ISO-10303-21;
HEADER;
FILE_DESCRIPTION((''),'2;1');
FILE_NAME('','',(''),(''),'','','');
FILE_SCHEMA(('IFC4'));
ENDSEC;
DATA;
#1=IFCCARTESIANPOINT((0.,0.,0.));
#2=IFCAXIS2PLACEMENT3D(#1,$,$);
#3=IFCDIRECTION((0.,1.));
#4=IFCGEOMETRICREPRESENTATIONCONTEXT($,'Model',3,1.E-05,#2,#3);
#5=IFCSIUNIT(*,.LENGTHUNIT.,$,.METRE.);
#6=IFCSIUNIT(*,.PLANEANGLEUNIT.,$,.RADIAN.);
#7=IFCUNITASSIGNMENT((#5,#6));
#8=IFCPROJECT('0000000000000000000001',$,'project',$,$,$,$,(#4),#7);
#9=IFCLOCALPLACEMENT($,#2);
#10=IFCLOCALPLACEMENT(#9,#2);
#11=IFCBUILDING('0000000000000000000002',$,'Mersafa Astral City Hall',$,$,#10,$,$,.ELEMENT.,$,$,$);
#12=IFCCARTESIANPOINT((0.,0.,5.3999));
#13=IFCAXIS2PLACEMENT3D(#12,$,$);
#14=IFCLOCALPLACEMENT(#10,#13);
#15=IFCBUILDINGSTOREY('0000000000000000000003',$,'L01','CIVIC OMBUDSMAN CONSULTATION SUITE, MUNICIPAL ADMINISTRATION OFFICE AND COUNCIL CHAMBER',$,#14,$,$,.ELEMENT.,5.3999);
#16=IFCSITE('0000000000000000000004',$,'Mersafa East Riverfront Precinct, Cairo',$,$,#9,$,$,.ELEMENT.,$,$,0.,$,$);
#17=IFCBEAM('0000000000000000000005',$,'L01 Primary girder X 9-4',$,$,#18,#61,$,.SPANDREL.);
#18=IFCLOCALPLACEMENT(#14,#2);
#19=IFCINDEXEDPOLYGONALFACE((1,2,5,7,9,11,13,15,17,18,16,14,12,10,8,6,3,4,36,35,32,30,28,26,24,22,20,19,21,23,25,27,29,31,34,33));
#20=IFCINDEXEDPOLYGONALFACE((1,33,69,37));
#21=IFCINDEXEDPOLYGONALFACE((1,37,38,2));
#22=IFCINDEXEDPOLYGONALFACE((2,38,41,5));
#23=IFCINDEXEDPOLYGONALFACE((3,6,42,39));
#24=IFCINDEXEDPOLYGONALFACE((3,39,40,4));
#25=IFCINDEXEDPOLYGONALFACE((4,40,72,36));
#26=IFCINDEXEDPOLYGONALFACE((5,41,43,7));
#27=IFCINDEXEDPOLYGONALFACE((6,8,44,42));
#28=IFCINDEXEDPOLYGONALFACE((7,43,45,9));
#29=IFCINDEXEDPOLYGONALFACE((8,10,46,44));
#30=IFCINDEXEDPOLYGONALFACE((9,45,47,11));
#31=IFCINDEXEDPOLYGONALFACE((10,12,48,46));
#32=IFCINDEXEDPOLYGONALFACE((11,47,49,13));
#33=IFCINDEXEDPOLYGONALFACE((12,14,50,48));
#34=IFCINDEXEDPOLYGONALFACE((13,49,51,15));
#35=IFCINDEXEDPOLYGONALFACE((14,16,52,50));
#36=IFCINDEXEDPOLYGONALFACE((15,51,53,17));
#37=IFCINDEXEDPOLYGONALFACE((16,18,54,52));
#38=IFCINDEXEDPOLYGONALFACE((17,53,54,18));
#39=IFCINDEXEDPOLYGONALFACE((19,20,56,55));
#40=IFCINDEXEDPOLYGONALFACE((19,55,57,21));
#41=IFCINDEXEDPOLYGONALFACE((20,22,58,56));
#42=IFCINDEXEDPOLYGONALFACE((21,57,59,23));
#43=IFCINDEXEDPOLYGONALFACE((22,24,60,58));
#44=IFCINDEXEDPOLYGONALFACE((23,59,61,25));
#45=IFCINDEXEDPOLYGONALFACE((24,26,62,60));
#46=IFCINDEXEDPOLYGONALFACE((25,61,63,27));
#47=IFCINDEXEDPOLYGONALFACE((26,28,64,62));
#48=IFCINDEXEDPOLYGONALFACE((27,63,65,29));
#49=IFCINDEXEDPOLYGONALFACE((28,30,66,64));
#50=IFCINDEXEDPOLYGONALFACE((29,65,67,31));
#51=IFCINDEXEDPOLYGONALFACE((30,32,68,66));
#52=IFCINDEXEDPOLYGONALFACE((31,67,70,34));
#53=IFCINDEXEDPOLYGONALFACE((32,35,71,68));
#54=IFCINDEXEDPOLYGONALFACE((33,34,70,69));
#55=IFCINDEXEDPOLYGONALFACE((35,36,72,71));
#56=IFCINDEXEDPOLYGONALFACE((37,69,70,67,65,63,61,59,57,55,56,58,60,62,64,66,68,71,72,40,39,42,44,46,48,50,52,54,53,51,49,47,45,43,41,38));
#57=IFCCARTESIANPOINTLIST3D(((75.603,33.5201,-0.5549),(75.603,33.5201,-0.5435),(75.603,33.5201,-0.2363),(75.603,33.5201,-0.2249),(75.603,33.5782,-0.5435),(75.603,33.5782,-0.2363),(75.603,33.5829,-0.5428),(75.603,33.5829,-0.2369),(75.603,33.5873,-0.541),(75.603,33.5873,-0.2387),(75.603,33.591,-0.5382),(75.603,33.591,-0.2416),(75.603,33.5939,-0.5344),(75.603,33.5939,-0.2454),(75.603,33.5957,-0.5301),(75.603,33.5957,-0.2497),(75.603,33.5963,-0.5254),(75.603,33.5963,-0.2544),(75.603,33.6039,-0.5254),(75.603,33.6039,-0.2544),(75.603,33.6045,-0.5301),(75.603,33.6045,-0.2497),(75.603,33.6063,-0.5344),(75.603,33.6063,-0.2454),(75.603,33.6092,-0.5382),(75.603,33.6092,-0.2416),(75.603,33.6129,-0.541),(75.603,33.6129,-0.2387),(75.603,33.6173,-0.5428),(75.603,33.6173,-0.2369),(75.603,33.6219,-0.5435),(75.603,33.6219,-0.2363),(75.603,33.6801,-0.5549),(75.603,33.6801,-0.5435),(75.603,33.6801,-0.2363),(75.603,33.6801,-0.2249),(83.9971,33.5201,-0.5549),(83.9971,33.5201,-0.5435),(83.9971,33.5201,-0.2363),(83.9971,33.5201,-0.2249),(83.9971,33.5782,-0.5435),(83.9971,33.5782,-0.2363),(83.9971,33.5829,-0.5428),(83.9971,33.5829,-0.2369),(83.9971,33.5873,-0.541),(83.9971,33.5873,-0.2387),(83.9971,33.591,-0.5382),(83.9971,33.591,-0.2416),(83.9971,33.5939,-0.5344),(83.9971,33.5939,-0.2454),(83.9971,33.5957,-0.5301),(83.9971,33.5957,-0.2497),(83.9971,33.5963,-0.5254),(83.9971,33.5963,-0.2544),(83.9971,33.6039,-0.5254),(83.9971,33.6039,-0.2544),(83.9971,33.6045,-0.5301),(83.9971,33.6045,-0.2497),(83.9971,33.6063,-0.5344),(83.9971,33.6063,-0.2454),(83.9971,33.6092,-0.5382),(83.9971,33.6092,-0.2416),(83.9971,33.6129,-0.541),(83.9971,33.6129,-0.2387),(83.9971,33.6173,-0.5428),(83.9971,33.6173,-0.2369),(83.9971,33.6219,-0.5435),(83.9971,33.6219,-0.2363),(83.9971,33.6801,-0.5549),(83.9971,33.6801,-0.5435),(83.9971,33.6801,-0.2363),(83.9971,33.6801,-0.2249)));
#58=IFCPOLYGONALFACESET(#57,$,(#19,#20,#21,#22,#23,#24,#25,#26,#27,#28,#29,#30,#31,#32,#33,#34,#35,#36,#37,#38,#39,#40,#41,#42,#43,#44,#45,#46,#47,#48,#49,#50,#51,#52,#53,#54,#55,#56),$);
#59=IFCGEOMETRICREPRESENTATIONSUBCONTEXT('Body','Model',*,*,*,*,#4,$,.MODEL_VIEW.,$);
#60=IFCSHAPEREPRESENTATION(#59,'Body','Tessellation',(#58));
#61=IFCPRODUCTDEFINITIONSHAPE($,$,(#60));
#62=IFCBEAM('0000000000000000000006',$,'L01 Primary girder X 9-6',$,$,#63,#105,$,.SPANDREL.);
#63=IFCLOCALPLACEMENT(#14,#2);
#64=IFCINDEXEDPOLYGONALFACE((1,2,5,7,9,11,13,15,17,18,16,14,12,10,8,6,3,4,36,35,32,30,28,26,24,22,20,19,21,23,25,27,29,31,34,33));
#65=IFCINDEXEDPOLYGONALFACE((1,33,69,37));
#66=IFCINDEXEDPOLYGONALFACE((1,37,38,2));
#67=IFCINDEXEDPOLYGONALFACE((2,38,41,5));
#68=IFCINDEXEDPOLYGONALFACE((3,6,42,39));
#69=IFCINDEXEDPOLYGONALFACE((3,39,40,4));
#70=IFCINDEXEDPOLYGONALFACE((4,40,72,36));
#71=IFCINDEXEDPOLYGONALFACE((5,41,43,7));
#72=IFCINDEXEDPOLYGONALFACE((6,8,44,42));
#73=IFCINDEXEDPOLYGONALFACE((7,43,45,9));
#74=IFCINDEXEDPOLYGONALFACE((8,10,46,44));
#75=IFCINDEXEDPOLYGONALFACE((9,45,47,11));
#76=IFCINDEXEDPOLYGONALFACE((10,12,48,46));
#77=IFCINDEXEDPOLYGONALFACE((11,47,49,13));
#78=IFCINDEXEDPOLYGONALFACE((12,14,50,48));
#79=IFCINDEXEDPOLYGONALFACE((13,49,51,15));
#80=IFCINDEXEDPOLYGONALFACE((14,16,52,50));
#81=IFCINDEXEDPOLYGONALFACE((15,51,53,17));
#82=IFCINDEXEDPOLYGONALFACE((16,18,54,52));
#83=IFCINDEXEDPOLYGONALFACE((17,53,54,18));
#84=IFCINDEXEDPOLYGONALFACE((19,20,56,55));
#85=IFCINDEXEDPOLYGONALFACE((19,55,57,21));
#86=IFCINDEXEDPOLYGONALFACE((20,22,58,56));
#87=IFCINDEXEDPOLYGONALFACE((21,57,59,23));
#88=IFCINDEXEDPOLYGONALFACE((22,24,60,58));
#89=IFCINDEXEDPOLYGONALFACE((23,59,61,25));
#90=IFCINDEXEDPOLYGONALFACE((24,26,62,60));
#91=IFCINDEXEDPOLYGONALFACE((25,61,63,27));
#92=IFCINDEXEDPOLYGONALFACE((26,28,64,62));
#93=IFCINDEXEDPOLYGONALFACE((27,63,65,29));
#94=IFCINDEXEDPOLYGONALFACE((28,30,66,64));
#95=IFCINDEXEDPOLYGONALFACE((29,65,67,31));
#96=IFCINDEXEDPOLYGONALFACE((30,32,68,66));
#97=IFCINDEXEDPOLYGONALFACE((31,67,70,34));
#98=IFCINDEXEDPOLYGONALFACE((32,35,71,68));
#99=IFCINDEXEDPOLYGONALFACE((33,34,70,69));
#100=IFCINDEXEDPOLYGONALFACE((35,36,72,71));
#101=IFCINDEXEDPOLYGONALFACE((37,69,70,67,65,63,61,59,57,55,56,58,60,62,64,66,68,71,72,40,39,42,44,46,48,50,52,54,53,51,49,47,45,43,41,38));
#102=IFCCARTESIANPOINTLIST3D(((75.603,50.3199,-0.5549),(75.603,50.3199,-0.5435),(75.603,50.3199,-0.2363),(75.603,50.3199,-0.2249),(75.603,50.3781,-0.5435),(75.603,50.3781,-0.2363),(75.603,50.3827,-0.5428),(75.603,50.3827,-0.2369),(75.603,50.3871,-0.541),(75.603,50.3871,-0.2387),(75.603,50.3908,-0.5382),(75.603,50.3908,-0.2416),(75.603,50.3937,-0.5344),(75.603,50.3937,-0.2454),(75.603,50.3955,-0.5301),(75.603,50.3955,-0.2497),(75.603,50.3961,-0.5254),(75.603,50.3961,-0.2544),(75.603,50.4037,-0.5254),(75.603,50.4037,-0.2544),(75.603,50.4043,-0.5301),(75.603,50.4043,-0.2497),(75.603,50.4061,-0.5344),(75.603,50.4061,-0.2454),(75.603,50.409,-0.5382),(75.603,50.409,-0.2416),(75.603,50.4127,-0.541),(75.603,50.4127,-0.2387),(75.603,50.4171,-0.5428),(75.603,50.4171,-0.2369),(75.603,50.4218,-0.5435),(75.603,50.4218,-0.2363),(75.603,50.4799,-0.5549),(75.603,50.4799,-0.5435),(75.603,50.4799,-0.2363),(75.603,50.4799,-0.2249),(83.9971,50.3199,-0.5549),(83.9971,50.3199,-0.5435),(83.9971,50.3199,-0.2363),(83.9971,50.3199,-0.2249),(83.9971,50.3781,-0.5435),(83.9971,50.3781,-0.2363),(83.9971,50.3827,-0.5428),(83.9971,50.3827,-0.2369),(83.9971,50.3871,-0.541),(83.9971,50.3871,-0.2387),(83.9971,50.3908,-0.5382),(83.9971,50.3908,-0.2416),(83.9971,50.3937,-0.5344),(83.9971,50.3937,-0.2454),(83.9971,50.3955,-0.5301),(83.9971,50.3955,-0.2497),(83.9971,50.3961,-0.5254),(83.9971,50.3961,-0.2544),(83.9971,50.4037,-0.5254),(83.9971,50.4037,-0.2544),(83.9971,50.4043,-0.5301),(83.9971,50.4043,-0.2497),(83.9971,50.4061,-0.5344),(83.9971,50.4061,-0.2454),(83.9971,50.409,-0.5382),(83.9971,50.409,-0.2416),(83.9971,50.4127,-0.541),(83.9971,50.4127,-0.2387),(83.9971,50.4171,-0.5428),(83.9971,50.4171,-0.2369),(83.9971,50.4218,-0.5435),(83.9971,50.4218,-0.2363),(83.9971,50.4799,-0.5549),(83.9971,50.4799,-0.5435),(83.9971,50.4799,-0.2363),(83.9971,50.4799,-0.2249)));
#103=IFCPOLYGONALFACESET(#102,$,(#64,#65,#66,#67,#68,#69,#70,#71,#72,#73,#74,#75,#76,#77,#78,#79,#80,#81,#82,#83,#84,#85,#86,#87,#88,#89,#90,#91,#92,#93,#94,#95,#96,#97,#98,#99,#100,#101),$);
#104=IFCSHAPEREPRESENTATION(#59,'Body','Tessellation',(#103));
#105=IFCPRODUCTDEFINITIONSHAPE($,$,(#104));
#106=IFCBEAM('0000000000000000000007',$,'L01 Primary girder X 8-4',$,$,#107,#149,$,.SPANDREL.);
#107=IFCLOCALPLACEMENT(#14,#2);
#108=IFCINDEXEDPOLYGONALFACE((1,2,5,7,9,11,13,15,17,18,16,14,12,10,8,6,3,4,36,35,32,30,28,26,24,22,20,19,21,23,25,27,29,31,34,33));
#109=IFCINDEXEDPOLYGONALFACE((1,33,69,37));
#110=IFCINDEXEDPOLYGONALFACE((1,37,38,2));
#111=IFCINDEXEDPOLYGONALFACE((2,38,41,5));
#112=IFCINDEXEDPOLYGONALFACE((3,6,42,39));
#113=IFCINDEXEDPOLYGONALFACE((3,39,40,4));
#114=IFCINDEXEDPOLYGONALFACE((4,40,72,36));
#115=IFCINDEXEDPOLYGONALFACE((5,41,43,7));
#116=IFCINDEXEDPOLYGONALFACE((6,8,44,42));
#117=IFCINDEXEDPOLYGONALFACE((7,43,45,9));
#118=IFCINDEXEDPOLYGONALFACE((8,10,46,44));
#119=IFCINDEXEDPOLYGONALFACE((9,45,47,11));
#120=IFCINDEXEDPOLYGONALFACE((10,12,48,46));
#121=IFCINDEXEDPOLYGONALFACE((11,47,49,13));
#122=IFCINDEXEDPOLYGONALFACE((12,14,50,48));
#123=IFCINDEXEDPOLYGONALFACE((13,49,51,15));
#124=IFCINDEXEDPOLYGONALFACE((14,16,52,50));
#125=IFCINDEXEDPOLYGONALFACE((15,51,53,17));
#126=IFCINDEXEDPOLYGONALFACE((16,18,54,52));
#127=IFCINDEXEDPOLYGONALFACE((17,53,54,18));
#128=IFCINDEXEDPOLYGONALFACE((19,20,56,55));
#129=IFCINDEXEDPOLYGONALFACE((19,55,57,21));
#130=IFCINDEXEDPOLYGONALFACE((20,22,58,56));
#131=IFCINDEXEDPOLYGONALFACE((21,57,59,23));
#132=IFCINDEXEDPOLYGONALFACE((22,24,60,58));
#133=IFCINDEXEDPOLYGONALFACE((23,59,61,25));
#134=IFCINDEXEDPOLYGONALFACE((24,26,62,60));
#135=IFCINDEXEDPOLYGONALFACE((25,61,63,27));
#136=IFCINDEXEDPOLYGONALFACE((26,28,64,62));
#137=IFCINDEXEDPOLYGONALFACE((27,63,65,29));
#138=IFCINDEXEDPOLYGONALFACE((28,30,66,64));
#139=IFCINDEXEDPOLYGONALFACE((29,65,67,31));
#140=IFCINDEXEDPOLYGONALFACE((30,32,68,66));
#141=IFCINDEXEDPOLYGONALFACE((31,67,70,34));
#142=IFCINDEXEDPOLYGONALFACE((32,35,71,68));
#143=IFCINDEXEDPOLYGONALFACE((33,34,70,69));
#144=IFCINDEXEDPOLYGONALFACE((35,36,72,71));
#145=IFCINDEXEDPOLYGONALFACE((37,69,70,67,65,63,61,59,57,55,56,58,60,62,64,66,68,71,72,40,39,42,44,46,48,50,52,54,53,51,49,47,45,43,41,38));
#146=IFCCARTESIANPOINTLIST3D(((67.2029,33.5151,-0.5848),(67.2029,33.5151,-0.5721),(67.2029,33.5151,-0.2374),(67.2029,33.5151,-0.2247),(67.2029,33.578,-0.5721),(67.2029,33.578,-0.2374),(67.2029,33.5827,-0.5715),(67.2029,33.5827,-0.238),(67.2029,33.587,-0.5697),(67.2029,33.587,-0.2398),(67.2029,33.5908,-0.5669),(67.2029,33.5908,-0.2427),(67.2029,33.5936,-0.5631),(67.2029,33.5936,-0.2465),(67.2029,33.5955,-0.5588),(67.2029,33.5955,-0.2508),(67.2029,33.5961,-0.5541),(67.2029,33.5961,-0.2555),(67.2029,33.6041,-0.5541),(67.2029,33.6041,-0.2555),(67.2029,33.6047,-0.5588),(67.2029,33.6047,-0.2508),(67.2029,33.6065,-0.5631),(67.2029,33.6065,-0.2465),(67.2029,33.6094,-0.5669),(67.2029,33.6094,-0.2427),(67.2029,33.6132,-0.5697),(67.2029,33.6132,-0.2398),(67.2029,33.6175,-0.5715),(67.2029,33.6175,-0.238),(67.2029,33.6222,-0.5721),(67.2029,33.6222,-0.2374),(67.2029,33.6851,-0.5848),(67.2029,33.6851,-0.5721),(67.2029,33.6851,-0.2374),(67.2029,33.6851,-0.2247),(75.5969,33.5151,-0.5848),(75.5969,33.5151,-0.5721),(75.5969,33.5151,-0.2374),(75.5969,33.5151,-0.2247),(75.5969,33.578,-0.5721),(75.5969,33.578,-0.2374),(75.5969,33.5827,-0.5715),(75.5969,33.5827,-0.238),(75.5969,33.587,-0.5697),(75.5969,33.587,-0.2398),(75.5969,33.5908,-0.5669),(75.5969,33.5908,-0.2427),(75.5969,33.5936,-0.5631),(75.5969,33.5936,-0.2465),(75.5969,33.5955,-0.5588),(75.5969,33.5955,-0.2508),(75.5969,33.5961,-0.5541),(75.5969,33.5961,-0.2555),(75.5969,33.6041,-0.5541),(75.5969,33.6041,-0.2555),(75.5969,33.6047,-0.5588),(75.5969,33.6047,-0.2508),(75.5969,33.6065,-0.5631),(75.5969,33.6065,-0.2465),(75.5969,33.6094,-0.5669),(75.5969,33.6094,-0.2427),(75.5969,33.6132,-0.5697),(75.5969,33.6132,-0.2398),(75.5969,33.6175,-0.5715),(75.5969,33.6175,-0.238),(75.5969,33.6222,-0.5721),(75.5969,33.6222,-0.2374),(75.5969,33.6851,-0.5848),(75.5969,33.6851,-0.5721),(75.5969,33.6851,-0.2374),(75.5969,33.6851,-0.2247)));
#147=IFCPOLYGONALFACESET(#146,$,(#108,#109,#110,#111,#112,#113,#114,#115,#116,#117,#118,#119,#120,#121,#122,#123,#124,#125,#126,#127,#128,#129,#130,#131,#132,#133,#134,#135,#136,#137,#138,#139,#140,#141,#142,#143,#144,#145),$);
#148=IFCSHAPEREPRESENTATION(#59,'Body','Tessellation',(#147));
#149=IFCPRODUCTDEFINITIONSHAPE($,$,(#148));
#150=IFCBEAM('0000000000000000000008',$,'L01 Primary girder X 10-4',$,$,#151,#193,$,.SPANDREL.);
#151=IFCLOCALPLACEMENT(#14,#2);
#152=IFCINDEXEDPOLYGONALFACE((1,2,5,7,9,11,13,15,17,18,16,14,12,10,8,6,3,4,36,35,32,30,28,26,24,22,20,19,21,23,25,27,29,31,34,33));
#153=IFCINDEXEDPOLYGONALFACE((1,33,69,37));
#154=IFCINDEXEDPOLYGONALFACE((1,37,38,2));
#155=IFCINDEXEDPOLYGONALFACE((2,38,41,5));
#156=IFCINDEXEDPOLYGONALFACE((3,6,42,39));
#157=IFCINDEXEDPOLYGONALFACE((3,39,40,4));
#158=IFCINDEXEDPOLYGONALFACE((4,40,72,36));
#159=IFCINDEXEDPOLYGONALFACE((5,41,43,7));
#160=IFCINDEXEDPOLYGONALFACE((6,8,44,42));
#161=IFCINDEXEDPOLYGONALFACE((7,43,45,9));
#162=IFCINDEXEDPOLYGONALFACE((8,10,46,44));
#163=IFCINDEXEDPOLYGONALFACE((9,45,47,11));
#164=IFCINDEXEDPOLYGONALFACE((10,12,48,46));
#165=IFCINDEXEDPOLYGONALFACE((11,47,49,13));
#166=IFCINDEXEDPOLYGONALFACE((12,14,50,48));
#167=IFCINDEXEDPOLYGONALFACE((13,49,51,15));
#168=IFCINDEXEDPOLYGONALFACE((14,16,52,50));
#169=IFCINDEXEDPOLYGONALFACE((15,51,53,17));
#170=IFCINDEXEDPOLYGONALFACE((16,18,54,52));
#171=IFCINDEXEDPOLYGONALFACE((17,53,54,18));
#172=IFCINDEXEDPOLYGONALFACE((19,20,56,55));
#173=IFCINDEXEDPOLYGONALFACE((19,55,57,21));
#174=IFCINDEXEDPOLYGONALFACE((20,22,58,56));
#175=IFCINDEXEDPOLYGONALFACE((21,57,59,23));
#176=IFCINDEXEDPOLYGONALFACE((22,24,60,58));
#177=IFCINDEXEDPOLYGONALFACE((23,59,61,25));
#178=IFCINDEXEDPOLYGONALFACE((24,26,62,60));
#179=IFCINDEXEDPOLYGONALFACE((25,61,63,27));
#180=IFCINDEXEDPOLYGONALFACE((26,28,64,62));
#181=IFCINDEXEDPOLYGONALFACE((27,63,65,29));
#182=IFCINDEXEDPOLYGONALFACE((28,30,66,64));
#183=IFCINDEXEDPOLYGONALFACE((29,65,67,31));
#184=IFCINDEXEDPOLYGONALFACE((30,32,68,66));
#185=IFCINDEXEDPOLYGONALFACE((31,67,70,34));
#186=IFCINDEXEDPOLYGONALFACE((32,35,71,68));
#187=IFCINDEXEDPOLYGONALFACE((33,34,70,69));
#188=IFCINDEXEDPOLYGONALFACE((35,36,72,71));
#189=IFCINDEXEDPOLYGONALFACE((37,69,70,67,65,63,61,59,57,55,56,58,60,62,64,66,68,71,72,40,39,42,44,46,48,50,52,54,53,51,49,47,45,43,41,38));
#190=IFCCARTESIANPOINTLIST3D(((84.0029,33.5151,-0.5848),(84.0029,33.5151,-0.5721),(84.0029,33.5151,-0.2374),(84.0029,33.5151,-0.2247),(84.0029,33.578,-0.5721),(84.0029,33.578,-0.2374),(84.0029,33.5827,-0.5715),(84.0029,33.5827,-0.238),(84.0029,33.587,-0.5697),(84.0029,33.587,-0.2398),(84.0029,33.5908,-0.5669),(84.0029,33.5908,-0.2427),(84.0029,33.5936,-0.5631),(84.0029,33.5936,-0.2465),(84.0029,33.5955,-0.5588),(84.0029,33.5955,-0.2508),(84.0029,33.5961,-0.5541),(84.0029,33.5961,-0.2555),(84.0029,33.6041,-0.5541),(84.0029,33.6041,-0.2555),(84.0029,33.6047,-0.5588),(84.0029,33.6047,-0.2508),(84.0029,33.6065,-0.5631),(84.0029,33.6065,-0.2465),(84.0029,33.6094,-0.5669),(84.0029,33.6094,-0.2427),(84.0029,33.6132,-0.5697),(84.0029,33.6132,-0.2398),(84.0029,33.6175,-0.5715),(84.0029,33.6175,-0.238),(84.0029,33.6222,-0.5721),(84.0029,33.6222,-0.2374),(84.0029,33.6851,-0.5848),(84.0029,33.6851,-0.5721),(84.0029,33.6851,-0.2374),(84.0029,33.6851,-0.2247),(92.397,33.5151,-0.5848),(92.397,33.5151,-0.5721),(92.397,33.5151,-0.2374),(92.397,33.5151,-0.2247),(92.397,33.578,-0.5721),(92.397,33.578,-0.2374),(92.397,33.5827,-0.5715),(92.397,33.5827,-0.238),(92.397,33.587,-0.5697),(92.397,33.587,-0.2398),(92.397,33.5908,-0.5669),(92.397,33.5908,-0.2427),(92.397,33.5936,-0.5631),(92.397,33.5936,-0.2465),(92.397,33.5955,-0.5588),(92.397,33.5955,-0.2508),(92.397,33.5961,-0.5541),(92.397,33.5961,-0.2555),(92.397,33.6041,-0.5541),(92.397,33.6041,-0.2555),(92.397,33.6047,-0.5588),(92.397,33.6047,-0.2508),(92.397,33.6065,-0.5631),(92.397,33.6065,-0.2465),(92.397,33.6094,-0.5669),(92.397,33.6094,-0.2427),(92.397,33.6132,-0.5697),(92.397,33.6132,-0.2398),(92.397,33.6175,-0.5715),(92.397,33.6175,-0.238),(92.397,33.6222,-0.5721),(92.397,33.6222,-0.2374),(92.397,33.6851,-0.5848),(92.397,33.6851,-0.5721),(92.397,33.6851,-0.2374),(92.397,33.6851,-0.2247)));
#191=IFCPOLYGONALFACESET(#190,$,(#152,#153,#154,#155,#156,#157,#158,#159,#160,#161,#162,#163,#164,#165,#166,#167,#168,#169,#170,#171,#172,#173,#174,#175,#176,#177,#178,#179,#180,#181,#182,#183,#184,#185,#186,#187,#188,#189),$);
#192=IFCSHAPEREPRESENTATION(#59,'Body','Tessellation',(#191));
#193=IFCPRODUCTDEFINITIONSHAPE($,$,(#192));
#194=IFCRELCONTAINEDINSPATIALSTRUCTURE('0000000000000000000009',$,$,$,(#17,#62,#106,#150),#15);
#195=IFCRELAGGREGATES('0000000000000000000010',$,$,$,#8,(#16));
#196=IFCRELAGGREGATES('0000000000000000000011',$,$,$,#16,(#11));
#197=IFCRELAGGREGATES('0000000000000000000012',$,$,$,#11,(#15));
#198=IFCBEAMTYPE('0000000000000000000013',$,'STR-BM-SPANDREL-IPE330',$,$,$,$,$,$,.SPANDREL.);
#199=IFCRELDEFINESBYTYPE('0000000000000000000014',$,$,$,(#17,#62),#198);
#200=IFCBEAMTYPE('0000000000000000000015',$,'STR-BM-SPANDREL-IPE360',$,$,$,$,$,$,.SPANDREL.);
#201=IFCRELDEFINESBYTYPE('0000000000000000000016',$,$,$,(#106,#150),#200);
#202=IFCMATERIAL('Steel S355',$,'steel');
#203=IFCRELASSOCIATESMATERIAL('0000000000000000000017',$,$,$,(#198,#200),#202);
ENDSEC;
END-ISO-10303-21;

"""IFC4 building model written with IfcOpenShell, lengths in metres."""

from ifc_helpers import new_model, si_unit, direction, frame, origin, origin_2d, place, context, subcontext, project, spatial, i_section, extrude, material, material_profile, profile_set, type_object, element, save


model = new_model("IFC4")

# Units and contexts
model_context = context("Model", 3, precision=1e-05, world=origin(), true_north=direction((0.0, 1.0)))
body_context = subcontext(model_context, "Body", "Model", "MODEL_VIEW")
ifc_project = project(units=[si_unit("LENGTHUNIT", "METRE"), si_unit("PLANEANGLEUNIT", "RADIAN")], contexts=[model_context])

# Site, building, storey
site_placement = place(None, origin())
site = spatial("IfcSite", under=ifc_project, at=site_placement, Name="Mersafa East Riverfront Precinct, Cairo", CompositionType="ELEMENT", RefElevation=0.0)
building_placement = place(site_placement, origin())
building = spatial("IfcBuilding", under=site, at=building_placement, Name="Mersafa Astral City Hall", CompositionType="ELEMENT")
storey_placement = place(building_placement, frame((0.0, 0.0, 5.3999)))
storey = spatial("IfcBuildingStorey", under=building, at=storey_placement, Name="L01", Description="CIVIC OMBUDSMAN CONSULTATION SUITE, MUNICIPAL ADMINISTRATION OFFICE AND COUNCIL CHAMBER", CompositionType="ELEMENT", Elevation=5.3999)

# Shared definitions
ifc_material_1 = material(Name="Steel S355", Category="steel")

# Beams
ifc_material_profile_1 = material_profile(ifc_material_1, i_section(OverallWidth=0.1599, OverallDepth=0.3301, WebThickness=0.0076, FlangeThickness=0.0115, FilletRadius=0.0181, at=origin_2d()), Name="IPE 330")
ifc_profile_set_1 = profile_set([ifc_material_profile_1], Name="Steel S355")
beam_type_1 = type_object("IfcBeamType", Name="STR-BM-SPANDREL-IPE330", PredefinedType="SPANDREL", material=ifc_profile_set_1)
for number, where, z_axis, x_axis, name in (
    (1, (75.603, 33.6001, -0.3899), (1.0, 0.0, 0.0), (0.0, 1.0, 0.0), "L01 Primary girder X 9-4"),
    (2, (75.603, 50.3999, -0.3899), (1.0, 0.0, 0.0), (0.0, 1.0, 0.0), "L01 Primary girder X 9-6"),
):
    element("IfcBeam", number, at=place(storey_placement, frame(where, z_axis=z_axis, x_axis=x_axis)), inside=storey, type_object=beam_type_1, Name=name, PredefinedType="SPANDREL", context=body_context, shape_type="SweptSolid", body=[
        extrude(i_section(OverallWidth=0.1599, OverallDepth=0.3301, WebThickness=0.0076, FlangeThickness=0.0115, FilletRadius=0.0181, at=origin_2d()), origin(), (0.0, 0.0, 1.0), 8.394),
    ])
ifc_material_profile_2 = material_profile(ifc_material_1, i_section(OverallWidth=0.1699, OverallDepth=0.3601, WebThickness=0.0081, FlangeThickness=0.0127, FilletRadius=0.0181, at=origin_2d()), Name="IPE 360")
ifc_profile_set_2 = profile_set([ifc_material_profile_2], Name="Steel S355")
beam_type_2 = type_object("IfcBeamType", Name="STR-BM-SPANDREL-IPE360", PredefinedType="SPANDREL", material=ifc_profile_set_2)
for number, where, z_axis, x_axis, name in (
    (3, (67.2029, 33.6001, -0.4048), (1.0, 0.0, 0.0), (0.0, 1.0, 0.0), "L01 Primary girder X 8-4"),
    (4, (84.0029, 33.6001, -0.4048), (1.0, 0.0, 0.0), (0.0, 1.0, 0.0), "L01 Primary girder X 10-4"),
):
    element("IfcBeam", number, at=place(storey_placement, frame(where, z_axis=z_axis, x_axis=x_axis)), inside=storey, type_object=beam_type_2, Name=name, PredefinedType="SPANDREL", context=body_context, shape_type="SweptSolid", body=[
        extrude(i_section(OverallWidth=0.1699, OverallDepth=0.3601, WebThickness=0.0081, FlangeThickness=0.0127, FilletRadius=0.0181, at=origin_2d()), origin(), (0.0, 0.0, 1.0), 8.394),
    ])

save(model, "model.ifc")
